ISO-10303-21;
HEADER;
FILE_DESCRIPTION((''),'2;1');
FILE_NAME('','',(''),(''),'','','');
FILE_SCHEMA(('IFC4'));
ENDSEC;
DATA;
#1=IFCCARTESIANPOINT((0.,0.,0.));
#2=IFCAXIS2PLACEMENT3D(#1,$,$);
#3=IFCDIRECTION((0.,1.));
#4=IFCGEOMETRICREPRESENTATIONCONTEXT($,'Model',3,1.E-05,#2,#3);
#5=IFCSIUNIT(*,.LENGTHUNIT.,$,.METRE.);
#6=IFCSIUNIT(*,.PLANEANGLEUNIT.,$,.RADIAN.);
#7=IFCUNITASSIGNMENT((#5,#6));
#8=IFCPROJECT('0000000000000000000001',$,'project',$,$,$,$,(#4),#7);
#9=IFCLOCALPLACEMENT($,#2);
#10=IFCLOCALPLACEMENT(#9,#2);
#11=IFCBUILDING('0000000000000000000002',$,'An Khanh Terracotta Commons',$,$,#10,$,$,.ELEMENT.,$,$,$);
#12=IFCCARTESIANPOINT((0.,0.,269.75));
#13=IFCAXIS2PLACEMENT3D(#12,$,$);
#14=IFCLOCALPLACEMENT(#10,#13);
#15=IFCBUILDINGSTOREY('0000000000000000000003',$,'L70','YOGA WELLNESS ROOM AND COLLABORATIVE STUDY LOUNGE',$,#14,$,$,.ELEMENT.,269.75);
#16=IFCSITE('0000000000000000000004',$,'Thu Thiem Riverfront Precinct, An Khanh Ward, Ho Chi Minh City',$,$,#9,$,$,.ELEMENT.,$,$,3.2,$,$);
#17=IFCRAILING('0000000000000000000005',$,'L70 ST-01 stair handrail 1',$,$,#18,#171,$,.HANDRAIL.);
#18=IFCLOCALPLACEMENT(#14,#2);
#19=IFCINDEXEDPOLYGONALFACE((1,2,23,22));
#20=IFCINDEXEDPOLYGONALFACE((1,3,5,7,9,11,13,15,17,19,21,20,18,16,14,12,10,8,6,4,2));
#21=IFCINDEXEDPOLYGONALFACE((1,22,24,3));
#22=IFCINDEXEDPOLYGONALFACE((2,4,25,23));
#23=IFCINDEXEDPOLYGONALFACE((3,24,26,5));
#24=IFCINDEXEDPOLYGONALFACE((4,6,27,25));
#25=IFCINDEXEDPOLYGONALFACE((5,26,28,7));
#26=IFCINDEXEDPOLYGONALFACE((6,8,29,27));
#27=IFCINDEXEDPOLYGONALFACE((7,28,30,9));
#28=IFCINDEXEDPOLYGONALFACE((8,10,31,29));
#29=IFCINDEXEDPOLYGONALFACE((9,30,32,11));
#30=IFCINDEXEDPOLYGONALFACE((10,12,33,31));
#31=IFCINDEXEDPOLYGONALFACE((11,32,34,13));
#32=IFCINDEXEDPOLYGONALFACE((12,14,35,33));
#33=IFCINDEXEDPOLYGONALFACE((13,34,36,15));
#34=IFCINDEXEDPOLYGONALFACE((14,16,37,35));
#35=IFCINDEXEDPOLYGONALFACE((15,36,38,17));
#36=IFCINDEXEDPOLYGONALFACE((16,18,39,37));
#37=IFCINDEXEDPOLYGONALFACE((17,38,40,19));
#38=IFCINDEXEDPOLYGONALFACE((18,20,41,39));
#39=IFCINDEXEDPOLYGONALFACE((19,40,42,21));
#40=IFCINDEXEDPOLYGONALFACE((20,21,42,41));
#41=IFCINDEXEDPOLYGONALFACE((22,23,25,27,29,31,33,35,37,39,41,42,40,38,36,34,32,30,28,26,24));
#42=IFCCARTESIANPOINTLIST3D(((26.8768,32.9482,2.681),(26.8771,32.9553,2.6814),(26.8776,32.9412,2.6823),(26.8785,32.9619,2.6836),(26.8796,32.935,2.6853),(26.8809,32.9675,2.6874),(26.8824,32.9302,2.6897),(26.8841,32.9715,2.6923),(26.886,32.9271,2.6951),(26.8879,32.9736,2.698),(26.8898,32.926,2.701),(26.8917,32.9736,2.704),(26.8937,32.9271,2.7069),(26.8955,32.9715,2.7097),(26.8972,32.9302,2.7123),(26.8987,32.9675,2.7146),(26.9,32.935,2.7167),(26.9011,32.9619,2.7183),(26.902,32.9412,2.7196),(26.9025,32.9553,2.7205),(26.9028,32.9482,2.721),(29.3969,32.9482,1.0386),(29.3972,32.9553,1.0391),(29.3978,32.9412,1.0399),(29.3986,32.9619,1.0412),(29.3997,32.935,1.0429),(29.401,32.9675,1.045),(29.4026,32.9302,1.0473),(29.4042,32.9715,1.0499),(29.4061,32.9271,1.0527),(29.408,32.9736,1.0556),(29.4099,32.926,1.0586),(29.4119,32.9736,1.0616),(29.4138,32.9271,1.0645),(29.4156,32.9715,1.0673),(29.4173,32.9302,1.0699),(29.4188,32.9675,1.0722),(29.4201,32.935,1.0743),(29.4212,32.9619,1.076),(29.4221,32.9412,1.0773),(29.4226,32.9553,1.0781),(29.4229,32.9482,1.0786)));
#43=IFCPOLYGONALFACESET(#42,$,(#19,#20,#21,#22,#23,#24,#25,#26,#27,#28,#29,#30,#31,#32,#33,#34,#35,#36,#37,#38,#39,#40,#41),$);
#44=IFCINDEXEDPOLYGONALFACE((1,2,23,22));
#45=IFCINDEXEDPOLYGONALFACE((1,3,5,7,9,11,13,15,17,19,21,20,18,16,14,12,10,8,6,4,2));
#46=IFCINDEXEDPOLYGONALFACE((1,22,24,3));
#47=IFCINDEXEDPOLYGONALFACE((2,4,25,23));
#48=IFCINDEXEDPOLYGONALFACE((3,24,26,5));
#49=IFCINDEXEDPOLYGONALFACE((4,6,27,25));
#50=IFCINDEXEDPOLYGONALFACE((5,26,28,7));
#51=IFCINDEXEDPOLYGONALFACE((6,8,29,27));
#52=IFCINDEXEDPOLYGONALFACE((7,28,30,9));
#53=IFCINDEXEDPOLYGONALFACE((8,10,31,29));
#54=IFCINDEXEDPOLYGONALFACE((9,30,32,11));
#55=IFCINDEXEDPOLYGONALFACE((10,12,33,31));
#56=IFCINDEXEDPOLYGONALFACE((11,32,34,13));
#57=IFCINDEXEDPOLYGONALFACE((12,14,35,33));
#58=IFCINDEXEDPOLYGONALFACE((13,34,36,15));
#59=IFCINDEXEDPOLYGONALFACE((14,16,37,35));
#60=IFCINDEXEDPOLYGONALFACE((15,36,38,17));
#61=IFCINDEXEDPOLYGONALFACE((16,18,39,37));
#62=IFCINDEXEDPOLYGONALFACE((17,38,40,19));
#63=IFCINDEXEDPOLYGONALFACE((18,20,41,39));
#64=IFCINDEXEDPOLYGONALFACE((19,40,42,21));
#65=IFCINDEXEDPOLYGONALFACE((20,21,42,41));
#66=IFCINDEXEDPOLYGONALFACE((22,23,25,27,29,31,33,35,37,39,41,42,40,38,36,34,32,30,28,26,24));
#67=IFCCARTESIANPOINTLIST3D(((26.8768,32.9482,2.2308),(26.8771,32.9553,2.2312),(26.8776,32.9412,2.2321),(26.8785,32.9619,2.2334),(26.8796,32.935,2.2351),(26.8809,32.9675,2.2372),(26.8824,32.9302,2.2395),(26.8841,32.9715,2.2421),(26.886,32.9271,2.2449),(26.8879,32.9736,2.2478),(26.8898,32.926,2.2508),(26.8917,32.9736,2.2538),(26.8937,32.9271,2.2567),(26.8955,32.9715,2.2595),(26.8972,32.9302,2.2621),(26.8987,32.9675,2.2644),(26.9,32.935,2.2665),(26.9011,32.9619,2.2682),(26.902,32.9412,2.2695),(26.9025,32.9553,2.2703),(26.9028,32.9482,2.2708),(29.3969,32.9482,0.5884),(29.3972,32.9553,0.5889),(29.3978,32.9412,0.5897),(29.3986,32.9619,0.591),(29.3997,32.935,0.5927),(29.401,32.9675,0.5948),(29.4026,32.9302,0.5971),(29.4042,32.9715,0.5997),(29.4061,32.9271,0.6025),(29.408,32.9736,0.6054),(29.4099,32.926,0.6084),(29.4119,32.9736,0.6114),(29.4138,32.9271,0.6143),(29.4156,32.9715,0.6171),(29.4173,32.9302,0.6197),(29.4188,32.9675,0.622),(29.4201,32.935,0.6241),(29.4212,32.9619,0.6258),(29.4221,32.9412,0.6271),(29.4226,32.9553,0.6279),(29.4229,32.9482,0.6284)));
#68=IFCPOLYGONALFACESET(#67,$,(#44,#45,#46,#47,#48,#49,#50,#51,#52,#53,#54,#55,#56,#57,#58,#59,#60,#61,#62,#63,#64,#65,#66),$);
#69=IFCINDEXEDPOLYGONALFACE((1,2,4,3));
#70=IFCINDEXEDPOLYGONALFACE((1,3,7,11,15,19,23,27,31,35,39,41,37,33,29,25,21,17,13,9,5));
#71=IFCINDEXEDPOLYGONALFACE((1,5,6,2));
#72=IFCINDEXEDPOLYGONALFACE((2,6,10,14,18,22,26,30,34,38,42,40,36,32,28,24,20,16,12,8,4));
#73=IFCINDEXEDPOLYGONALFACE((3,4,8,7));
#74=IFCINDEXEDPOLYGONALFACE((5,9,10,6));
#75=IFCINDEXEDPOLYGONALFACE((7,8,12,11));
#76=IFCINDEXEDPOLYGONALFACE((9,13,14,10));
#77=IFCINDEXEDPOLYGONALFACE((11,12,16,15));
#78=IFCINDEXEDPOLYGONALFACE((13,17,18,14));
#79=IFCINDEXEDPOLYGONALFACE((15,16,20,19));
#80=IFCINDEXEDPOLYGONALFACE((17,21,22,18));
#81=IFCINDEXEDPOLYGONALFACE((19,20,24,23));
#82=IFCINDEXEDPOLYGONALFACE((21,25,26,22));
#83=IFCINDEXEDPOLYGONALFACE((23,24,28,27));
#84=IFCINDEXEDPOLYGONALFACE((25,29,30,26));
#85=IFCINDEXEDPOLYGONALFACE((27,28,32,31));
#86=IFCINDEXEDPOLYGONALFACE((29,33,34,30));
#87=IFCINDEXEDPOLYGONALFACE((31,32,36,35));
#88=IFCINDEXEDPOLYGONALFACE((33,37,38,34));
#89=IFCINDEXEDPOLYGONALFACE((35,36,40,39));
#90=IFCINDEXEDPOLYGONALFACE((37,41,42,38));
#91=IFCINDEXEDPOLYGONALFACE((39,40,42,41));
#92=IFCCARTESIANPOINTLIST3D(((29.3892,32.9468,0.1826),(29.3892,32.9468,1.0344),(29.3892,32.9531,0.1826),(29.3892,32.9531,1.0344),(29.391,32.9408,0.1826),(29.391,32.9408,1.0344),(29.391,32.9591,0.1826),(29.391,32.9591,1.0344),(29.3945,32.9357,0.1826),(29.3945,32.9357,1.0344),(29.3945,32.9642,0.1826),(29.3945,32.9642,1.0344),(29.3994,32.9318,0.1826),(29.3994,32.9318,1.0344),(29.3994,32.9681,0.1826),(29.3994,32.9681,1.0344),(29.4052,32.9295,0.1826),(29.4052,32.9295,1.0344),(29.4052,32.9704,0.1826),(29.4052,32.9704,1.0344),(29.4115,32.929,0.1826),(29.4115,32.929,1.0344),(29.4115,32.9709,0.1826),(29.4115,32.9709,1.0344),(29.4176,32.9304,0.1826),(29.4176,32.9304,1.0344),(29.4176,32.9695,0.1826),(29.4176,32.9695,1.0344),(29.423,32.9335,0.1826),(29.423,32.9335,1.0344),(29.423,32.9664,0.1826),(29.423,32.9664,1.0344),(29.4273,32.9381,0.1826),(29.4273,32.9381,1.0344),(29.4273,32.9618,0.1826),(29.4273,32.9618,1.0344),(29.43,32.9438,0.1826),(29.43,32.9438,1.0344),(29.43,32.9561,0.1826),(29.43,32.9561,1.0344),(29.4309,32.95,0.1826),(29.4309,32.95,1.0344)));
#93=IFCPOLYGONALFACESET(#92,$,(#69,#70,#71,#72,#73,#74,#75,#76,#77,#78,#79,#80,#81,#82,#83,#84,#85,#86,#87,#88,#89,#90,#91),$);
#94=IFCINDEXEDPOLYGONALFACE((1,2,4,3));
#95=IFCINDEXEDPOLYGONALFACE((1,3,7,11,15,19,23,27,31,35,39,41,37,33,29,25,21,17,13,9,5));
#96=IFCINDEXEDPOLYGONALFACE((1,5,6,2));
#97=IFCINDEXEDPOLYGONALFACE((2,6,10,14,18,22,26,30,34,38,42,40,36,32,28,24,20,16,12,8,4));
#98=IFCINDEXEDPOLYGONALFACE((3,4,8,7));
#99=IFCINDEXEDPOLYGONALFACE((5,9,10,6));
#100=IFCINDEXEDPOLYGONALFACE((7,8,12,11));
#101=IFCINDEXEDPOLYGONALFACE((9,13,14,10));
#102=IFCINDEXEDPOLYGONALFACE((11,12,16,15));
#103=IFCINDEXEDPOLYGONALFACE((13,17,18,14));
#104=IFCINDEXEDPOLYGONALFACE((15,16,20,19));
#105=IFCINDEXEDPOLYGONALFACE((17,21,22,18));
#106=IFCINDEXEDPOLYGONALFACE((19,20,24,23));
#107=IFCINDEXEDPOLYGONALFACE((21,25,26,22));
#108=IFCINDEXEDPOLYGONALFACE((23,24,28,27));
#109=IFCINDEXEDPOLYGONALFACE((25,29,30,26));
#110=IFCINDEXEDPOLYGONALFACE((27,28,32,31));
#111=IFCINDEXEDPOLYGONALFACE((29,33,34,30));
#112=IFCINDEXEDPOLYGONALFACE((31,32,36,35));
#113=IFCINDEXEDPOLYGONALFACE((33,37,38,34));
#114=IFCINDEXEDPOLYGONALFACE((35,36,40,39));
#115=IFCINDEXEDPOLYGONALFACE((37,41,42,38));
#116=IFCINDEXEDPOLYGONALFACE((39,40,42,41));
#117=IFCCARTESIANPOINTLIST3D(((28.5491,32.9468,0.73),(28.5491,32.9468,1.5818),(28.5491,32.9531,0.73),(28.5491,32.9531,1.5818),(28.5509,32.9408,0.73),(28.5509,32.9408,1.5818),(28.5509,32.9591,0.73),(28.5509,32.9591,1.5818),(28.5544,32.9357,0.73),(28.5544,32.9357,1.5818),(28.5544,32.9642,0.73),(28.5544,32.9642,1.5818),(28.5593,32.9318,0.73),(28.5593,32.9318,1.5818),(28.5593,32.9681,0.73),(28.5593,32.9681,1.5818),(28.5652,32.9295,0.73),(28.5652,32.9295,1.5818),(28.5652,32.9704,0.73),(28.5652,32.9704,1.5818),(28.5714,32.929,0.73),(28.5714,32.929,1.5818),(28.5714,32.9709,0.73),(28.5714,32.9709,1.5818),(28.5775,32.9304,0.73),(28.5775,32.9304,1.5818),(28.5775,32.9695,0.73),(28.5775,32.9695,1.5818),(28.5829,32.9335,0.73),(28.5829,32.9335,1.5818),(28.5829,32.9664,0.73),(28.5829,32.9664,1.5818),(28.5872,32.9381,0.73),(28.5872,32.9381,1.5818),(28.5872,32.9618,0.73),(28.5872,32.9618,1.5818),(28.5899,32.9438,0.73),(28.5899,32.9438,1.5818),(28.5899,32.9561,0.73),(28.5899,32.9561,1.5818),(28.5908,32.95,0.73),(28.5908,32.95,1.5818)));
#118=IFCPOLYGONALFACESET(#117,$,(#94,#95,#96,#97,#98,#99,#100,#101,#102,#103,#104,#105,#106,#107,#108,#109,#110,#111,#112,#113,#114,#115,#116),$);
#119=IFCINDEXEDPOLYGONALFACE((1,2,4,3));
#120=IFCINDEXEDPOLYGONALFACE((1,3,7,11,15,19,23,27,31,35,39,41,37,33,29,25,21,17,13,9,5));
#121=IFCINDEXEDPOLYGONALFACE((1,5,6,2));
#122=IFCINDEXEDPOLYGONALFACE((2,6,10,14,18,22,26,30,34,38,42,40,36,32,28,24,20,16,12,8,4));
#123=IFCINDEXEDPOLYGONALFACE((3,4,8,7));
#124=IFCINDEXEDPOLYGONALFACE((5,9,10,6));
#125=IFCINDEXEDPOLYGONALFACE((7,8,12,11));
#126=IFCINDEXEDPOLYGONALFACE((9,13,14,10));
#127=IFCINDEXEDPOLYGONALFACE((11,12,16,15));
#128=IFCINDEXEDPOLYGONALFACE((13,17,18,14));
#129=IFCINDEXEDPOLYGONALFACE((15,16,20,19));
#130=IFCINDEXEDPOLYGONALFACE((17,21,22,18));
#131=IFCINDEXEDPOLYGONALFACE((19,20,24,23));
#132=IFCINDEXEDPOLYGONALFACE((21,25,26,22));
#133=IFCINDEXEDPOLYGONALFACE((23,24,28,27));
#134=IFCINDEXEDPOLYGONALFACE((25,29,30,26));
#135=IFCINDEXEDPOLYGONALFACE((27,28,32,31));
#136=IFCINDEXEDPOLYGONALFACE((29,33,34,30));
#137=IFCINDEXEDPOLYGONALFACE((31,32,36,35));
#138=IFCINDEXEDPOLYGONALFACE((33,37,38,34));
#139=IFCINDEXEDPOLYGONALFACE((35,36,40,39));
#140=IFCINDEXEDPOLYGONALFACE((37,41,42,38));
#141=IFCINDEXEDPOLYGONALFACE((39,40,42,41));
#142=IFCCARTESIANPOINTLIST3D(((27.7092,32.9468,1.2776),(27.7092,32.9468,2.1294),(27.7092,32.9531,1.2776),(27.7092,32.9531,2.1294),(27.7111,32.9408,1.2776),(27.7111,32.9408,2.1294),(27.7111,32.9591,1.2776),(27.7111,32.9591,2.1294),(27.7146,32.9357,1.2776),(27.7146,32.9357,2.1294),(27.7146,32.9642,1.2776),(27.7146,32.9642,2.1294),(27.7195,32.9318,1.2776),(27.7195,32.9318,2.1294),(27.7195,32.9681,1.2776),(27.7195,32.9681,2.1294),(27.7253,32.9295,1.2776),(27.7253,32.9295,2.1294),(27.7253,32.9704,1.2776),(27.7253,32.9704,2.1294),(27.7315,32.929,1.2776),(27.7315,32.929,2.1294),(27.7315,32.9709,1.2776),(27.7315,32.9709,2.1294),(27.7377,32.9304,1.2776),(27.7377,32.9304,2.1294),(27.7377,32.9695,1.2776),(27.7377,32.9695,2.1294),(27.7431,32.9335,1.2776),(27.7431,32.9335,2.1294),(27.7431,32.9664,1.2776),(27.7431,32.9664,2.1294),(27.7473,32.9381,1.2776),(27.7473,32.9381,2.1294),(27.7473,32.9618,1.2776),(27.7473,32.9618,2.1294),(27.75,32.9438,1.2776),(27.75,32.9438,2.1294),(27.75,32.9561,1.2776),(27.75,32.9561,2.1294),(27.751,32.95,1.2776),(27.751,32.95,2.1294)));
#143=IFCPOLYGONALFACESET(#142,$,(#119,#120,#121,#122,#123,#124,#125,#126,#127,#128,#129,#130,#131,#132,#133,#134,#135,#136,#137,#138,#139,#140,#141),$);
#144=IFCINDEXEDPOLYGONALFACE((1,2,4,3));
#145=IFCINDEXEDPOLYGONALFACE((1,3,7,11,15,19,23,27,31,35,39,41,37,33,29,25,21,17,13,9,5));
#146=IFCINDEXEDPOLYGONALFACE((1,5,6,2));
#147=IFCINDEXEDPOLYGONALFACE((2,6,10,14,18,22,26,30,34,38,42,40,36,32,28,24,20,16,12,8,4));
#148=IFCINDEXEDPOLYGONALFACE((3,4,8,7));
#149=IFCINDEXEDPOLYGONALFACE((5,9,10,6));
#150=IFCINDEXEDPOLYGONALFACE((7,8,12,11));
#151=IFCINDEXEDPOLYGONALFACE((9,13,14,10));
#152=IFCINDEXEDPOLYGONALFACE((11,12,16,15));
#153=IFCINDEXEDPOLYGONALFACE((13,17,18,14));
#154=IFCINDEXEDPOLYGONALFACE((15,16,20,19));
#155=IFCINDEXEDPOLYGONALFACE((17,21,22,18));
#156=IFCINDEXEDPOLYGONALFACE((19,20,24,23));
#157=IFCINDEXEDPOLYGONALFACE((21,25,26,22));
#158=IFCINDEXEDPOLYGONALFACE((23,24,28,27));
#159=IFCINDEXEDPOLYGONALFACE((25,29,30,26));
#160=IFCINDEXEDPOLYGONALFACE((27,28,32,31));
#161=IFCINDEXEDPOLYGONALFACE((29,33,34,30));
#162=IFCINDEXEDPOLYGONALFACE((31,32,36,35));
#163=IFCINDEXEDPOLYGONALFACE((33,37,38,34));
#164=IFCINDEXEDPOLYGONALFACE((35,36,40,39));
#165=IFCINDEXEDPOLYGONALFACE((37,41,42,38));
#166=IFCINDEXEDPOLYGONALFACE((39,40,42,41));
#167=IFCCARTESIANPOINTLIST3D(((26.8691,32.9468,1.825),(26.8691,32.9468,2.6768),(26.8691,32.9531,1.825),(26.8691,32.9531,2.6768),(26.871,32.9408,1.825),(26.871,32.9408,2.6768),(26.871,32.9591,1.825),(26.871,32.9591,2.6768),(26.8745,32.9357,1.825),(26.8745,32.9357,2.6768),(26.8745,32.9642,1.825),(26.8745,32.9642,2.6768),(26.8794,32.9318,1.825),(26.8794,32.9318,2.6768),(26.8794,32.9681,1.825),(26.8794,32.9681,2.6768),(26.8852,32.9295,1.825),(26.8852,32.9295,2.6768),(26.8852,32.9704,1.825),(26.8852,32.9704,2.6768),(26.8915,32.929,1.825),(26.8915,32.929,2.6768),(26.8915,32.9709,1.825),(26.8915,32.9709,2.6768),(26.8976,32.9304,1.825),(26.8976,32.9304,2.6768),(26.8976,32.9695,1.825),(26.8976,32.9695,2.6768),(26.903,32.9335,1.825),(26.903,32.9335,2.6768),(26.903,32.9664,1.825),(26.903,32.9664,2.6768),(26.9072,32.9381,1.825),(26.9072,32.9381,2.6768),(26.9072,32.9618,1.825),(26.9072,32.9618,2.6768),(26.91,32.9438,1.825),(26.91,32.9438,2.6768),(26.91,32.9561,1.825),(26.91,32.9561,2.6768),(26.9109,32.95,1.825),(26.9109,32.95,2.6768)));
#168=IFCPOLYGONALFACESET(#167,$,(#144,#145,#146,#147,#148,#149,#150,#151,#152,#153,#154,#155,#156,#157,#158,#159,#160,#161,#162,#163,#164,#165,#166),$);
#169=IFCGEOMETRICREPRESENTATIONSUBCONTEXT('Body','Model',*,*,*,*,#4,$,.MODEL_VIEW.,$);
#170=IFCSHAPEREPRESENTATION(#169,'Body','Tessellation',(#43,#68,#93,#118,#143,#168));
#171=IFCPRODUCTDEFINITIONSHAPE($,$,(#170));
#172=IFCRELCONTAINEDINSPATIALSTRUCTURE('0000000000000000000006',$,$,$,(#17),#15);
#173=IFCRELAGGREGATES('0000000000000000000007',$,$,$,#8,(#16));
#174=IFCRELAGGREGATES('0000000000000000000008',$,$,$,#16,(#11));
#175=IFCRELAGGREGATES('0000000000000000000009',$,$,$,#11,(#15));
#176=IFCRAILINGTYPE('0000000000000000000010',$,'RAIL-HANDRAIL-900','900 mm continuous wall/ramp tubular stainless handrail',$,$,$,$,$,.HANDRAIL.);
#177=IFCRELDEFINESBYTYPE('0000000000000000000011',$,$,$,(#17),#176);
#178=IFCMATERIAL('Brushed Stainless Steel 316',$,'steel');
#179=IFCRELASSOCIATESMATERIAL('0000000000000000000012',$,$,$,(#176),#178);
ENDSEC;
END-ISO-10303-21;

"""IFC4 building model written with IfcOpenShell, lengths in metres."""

from ifc_helpers import new_model, si_unit, direction, frame, origin, origin_2d, place, context, subcontext, project, spatial, circle, extrude, material, type_object, element, save


model = new_model("IFC4")

# Units and contexts
model_context = context("Model", 3, precision=1e-05, world=origin(), true_north=direction((0.0, 1.0)))
body_context = subcontext(model_context, "Body", "Model", "MODEL_VIEW")
ifc_project = project(units=[si_unit("LENGTHUNIT", "METRE"), si_unit("PLANEANGLEUNIT", "RADIAN")], contexts=[model_context])

# Site, building, storey
site_placement = place(None, origin())
site = spatial("IfcSite", under=ifc_project, at=site_placement, Name="Thu Thiem Riverfront Precinct, An Khanh Ward, Ho Chi Minh City", CompositionType="ELEMENT", RefElevation=3.2)
building_placement = place(site_placement, origin())
building = spatial("IfcBuilding", under=site, at=building_placement, Name="An Khanh Terracotta Commons", CompositionType="ELEMENT")
storey_placement = place(building_placement, frame((0.0, 0.0, 269.75)))
storey = spatial("IfcBuildingStorey", under=building, at=storey_placement, Name="L70", Description="YOGA WELLNESS ROOM AND COLLABORATIVE STUDY LOUNGE", CompositionType="ELEMENT", Elevation=269.75)

# Railing
ifc_material_1 = material(Name="Brushed Stainless Steel 316", Category="steel")
railing_type_1 = type_object("IfcRailingType", Name="RAIL-HANDRAIL-900", Description="900 mm continuous wall/ramp tubular stainless handrail", PredefinedType="HANDRAIL", material=ifc_material_1)
railing_1_placement = place(storey_placement, frame((29.4099, 32.95, 0.1826)))
element("IfcRailing", 1, at=railing_1_placement, inside=storey, type_object=railing_type_1, Name="L70 ST-01 stair handrail 1", PredefinedType="HANDRAIL", context=body_context, shape_type="SweptSolid", body=[
    extrude(circle(Radius=0.0239, at=origin_2d()), frame((0.0, 0.0, 0.876), z_axis=(-0.837787, 0.0, 0.545998), x_axis=(0.0, -1.0, 0.0)), (0.0, 0.0, 1.0), 3.0081),
    extrude(circle(Radius=0.0239, at=origin_2d()), frame((0.0, 0.0, 0.4258), z_axis=(-0.837787, 0.0, 0.545998), x_axis=(0.0, -1.0, 0.0)), (0.0, 0.0, 1.0), 3.0081),
    extrude(circle(Radius=0.021, at=origin_2d()), origin(), (0.0, 0.0, 1.0), 0.8518),
    extrude(circle(Radius=0.021, at=origin_2d()), frame((-0.8401, 0.0, 0.5474)), (0.0, 0.0, 1.0), 0.8518),
    extrude(circle(Radius=0.021, at=origin_2d()), frame((-1.6799, 0.0, 1.095)), (0.0, 0.0, 1.0), 0.8518),
    extrude(circle(Radius=0.021, at=origin_2d()), frame((-2.52, 0.0, 1.6423)), (0.0, 0.0, 1.0), 0.8518),
])

save(model, "model.ifc")
